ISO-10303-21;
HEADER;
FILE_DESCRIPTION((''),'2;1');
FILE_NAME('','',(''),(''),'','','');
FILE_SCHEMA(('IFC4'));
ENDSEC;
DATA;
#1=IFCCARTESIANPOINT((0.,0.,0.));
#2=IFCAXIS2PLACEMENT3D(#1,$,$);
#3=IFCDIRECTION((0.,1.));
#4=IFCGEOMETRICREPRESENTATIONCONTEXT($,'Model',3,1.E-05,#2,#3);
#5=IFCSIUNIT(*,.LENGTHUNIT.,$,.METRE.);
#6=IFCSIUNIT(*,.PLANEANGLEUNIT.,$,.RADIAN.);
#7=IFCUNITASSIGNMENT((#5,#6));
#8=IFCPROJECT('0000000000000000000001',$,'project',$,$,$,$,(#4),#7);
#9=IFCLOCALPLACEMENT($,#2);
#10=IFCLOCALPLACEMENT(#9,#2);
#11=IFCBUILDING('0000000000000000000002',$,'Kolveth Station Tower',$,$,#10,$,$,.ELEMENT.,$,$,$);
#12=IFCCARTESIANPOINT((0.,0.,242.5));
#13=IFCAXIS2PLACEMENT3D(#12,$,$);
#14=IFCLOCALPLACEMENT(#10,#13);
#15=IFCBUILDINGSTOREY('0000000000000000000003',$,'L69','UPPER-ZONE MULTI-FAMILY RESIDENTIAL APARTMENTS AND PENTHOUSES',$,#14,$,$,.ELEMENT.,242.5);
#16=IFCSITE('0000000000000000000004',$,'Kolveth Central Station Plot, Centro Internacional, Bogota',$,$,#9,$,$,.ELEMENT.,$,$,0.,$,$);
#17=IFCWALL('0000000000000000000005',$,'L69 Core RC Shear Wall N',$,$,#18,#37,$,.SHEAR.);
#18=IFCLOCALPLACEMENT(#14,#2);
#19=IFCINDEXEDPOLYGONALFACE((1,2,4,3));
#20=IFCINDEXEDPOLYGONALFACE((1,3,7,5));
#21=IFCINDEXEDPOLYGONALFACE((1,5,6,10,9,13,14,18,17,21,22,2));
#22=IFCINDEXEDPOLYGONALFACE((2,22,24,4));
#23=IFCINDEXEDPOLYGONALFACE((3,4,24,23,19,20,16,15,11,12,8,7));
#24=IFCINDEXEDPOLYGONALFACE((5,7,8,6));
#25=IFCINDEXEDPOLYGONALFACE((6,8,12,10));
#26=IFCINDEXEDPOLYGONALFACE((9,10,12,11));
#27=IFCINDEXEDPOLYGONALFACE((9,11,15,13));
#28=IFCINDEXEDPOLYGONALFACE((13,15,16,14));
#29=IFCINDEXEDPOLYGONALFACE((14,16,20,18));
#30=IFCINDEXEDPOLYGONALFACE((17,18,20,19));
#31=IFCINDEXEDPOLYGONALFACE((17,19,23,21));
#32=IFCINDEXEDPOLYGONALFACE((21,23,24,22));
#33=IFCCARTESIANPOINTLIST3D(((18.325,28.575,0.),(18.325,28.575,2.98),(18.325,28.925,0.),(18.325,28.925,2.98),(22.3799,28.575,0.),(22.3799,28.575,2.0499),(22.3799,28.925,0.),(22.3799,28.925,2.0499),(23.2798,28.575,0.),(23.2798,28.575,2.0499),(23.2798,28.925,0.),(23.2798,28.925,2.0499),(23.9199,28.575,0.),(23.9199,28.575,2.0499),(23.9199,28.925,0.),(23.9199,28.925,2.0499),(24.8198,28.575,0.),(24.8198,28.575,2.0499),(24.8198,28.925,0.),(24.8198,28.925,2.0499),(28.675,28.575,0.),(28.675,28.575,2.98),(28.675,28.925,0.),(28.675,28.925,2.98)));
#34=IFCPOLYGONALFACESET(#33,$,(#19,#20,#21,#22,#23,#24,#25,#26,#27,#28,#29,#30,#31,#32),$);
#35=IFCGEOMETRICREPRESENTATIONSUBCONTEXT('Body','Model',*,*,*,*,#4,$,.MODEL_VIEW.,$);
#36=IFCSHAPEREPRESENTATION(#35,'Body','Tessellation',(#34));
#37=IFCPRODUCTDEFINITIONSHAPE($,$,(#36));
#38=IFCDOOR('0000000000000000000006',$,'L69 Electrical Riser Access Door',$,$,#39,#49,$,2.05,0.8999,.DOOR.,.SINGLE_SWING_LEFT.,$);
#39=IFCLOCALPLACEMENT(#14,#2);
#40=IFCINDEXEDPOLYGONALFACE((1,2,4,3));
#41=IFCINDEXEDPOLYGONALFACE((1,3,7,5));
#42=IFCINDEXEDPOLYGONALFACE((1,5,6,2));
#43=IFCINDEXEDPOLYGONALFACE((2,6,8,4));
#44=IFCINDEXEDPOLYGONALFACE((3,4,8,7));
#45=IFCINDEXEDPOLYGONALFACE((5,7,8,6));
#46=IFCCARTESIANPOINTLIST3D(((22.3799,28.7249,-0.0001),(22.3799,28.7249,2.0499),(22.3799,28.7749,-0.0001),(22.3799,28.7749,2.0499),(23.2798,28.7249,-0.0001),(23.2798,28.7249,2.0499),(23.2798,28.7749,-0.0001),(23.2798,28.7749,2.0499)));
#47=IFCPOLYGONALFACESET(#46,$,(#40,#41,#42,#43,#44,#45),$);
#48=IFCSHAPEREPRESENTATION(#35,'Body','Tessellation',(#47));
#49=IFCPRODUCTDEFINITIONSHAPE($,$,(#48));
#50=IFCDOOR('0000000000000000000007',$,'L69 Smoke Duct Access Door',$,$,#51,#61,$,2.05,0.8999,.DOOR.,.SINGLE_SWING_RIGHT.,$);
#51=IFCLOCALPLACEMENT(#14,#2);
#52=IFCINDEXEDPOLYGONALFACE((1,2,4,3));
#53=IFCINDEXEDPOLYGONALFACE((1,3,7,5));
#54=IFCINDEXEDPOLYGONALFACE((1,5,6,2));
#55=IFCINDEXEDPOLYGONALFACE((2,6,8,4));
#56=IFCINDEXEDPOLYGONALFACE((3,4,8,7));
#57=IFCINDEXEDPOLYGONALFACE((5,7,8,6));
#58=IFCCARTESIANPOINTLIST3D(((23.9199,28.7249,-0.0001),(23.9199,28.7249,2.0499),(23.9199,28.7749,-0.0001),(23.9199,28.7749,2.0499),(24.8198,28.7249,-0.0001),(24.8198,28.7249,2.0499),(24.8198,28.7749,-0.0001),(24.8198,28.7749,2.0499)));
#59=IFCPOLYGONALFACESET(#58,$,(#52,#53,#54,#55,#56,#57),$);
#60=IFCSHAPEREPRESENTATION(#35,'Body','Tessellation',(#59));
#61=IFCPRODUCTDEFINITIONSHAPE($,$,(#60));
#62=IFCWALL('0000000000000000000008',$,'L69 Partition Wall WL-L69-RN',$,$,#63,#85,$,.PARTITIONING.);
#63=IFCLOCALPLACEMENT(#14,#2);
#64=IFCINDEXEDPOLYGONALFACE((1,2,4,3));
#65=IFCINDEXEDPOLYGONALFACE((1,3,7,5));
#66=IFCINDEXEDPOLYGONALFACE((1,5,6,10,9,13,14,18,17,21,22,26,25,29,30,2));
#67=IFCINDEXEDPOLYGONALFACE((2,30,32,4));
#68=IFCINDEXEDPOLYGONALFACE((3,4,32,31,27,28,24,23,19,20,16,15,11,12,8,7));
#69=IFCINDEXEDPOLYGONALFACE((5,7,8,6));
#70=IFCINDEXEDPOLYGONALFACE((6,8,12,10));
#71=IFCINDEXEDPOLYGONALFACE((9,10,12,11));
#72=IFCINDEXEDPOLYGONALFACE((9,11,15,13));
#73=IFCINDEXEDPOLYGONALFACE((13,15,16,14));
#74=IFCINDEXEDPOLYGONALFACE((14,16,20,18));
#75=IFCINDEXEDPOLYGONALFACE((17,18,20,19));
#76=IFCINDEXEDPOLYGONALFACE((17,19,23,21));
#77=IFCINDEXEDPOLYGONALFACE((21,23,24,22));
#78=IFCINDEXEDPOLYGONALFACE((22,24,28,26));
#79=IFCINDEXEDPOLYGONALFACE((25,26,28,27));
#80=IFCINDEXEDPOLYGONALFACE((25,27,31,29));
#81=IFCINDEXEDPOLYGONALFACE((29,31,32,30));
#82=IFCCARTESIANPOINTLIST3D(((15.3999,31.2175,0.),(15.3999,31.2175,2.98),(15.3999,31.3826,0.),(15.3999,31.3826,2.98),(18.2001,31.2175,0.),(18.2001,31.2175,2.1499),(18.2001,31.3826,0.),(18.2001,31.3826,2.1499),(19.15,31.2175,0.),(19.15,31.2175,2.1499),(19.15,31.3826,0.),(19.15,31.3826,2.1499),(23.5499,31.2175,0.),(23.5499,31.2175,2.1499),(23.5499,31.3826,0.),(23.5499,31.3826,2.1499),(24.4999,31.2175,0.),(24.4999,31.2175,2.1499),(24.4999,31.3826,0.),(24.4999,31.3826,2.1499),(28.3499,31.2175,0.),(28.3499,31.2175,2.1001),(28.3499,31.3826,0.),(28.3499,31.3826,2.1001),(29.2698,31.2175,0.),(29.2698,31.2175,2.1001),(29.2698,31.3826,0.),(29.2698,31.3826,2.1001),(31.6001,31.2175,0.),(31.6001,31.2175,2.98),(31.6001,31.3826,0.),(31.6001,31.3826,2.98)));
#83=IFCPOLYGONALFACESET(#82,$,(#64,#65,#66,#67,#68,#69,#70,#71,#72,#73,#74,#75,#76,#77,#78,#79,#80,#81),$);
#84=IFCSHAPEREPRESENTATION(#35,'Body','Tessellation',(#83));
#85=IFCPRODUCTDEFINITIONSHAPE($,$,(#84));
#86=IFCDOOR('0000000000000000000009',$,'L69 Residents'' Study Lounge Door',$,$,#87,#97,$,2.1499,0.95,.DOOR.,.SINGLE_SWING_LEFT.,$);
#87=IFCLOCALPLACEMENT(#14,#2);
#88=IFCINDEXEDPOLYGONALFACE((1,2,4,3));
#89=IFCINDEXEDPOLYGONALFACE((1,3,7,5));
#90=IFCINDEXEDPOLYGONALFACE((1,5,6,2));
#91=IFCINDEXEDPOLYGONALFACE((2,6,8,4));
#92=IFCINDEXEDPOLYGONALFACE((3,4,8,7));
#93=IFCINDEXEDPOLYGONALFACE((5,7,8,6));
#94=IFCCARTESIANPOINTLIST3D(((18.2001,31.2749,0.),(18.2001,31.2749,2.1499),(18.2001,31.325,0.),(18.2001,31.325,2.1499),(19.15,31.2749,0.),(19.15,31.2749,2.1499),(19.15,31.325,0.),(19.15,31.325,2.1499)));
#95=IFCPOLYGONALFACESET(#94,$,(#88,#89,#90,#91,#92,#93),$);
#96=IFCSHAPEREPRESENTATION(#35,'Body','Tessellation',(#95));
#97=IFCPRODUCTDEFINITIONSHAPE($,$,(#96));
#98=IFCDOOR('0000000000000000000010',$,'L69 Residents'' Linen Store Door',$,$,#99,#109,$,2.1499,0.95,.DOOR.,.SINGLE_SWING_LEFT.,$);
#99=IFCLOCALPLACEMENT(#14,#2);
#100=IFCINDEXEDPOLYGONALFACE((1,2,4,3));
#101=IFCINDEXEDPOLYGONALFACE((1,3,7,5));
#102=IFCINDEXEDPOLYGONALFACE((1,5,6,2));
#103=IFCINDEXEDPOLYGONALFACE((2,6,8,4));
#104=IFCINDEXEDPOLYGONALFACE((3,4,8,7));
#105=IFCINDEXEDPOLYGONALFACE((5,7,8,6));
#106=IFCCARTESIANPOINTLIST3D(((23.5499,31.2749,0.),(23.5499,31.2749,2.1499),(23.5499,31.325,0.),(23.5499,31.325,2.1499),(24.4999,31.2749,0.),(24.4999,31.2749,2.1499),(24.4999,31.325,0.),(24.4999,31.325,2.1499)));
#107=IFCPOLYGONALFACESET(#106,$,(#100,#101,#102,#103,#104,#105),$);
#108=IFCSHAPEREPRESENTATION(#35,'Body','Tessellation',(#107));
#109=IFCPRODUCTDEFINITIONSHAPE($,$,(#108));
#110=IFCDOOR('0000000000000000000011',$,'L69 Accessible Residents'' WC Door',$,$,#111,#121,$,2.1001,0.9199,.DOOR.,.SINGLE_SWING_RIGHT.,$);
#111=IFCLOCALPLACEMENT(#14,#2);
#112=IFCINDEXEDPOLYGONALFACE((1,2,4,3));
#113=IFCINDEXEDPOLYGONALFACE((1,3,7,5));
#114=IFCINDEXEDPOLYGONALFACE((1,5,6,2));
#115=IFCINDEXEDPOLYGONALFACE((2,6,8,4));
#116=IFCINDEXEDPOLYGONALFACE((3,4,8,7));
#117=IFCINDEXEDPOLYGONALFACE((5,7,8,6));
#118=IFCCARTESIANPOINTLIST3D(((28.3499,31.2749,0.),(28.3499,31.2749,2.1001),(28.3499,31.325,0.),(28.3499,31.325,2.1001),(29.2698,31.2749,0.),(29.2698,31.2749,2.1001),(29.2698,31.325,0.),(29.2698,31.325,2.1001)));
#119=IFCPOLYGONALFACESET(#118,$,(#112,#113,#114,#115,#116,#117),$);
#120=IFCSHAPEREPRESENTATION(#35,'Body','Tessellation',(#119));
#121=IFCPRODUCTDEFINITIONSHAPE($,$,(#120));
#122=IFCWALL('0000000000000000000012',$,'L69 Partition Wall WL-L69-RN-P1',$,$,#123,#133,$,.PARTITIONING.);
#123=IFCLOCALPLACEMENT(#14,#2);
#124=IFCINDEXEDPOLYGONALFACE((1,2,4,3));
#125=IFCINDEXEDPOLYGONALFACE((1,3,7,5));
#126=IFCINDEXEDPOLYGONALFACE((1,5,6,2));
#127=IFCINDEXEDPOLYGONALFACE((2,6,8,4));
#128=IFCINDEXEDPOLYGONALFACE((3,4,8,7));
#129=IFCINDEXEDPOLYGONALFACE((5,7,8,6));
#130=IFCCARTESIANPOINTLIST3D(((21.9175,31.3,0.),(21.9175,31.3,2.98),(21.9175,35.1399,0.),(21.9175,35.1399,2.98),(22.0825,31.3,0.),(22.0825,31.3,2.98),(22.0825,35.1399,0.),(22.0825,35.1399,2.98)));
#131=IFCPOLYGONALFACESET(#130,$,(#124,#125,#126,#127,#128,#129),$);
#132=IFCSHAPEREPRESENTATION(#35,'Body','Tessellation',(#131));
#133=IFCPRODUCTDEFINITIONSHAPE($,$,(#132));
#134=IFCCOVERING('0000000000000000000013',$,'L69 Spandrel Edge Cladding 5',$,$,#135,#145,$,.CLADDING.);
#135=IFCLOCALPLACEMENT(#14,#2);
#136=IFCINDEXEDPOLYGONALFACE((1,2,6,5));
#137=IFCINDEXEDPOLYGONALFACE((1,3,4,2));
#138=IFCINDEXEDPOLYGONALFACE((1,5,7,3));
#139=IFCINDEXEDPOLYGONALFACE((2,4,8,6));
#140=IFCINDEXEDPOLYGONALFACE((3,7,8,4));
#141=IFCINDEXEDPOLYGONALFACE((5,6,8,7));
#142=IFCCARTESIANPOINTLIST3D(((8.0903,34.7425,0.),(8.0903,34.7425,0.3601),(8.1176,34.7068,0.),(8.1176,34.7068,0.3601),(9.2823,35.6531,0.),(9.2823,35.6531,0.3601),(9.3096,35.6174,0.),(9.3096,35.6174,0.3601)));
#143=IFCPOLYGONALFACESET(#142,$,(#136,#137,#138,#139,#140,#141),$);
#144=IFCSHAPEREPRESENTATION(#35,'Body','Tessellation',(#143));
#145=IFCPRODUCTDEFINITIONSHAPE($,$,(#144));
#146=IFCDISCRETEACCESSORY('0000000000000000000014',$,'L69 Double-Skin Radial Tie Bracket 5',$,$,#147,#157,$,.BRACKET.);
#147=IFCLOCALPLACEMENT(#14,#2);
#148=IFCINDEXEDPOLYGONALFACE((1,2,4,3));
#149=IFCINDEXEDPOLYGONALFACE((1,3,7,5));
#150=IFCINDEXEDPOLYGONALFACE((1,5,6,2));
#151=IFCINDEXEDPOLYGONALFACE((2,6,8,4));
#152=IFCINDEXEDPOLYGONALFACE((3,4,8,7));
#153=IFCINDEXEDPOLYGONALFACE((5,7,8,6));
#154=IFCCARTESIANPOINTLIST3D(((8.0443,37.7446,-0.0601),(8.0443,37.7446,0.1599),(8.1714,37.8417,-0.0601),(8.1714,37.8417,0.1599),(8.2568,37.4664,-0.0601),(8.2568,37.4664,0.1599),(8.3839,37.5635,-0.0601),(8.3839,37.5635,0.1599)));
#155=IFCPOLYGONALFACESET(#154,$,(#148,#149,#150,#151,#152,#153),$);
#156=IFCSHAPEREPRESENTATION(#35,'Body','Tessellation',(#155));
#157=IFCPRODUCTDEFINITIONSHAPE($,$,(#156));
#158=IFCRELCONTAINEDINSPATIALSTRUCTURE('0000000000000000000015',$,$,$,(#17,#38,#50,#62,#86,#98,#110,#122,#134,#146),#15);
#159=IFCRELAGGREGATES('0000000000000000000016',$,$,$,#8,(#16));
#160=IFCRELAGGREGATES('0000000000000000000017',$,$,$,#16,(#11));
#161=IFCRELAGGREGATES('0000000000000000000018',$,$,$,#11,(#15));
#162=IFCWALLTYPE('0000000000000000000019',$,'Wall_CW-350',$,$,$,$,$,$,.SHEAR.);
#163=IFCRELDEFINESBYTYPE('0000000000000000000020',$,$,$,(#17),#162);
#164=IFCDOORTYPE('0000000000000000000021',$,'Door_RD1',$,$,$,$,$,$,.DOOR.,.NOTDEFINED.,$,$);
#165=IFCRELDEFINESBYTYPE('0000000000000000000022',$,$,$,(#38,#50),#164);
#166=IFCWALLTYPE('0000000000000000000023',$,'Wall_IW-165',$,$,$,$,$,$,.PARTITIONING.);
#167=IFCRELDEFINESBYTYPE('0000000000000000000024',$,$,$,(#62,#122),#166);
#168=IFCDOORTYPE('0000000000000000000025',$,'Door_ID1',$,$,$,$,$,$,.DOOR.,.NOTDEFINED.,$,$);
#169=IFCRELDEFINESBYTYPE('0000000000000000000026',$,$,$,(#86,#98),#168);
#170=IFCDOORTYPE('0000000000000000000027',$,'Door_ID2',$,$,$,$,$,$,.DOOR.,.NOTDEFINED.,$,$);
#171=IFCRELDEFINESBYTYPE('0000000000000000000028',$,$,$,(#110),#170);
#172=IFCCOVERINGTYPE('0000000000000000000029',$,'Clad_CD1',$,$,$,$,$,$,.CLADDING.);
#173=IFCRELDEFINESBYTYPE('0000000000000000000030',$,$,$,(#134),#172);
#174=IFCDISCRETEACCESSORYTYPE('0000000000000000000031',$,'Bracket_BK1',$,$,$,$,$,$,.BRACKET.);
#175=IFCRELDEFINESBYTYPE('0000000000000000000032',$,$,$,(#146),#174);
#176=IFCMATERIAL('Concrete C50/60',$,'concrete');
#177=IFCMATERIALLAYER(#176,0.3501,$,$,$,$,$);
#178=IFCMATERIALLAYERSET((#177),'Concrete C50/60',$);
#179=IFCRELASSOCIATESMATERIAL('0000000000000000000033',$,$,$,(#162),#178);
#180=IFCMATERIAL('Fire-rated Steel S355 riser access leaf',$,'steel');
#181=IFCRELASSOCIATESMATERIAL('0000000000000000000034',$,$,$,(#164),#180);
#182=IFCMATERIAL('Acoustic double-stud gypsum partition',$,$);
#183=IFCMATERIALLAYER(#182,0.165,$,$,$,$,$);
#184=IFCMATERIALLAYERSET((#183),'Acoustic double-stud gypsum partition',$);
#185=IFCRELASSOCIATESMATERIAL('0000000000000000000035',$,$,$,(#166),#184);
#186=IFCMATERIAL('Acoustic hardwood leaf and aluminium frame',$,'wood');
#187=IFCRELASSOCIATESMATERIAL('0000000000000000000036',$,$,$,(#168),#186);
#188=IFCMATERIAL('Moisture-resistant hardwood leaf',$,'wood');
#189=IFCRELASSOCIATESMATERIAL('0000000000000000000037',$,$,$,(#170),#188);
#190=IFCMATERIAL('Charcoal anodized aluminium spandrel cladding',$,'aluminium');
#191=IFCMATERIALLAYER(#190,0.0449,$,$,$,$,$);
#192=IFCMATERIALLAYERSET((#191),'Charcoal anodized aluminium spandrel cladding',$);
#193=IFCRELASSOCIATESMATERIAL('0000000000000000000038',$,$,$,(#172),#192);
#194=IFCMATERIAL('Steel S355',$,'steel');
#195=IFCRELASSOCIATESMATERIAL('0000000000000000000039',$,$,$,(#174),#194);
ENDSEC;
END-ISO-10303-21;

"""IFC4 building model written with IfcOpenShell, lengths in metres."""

from ifc_helpers import new_model, si_unit, direction, frame, frame_2d, origin, origin_2d, place, context, subcontext, project, spatial, rectangle, extrude, source, transform, mapped, material, layer, layer_set, type_object, element, fill, save


model = new_model("IFC4")

# Units and contexts
model_context = context("Model", 3, precision=1e-05, world=origin(), true_north=direction((0.0, 1.0)))
body_context = subcontext(model_context, "Body", "Model", "MODEL_VIEW")
ifc_project = project(units=[si_unit("LENGTHUNIT", "METRE"), si_unit("PLANEANGLEUNIT", "RADIAN")], contexts=[model_context])

# Site, building, storey
site_placement = place(None, origin())
site = spatial("IfcSite", under=ifc_project, at=site_placement, Name="Kolveth Central Station Plot, Centro Internacional, Bogota", CompositionType="ELEMENT", RefElevation=0.0)
building_placement = place(site_placement, origin())
building = spatial("IfcBuilding", under=site, at=building_placement, Name="Kolveth Station Tower", CompositionType="ELEMENT")
storey_placement = place(building_placement, frame((0.0, 0.0, 242.5)))
storey = spatial("IfcBuildingStorey", under=building, at=storey_placement, Name="L69", Description="UPPER-ZONE MULTI-FAMILY RESIDENTIAL APARTMENTS AND PENTHOUSES", CompositionType="ELEMENT", Elevation=242.5)

# Shared definitions
ifc_material_1 = material(Name="Steel S355", Category="steel")

# Walls, openings, doors
ifc_material_2 = material(Name="Concrete C50/60", Category="concrete")
ifc_layer_1 = layer(ifc_material_2, 0.3501)
ifc_layer_set_1 = layer_set([ifc_layer_1], Name="Concrete C50/60")
wall_type_1 = type_object("IfcWallType", Name="Wall_CW-350", PredefinedType="SHEAR", material=ifc_layer_set_1)
wall_1_placement = place(storey_placement, frame((18.325, 28.75, 0.0), z_axis=(0.0, 0.0, 1.0), x_axis=(1.0, 0.0, 0.0)))
wall_1 = element("IfcWall", 1, at=wall_1_placement, inside=storey, type_object=wall_type_1, Name="L69 Core RC Shear Wall N", PredefinedType="SHEAR", context=body_context, shape_type="SweptSolid", body=[
    extrude(rectangle(XDim=10.3501, YDim=0.3501, at=frame_2d((5.175, 0.0))), origin(), (0.0, 0.0, 1.0), 2.98),
])
opening_1_placement = place(wall_1_placement, frame((4.0549, 0.0, 0.0)))
opening_1 = element("IfcOpeningElement", 2, at=opening_1_placement, cuts=wall_1, PredefinedType="OPENING", context=body_context, shape_type="SweptSolid", body=[
    extrude(rectangle(XDim=0.8999, YDim=2.05, at=frame_2d((0.45, 1.0249))), frame((0.0, 0.1851, 0.0), z_axis=(0.0, -1.0, 0.0), x_axis=(1.0, 0.0, 0.0)), (0.0, 0.0, 1.0), 0.3701),
])
opening_2_placement = place(wall_1_placement, frame((5.595, 0.0, 0.0)))
opening_2 = element("IfcOpeningElement", 3, at=opening_2_placement, cuts=wall_1, PredefinedType="OPENING", context=body_context, shape_type="SweptSolid", body=[
    extrude(rectangle(XDim=0.8999, YDim=2.05, at=frame_2d((0.45, 1.0249))), frame((0.0, 0.1851, 0.0), z_axis=(0.0, -1.0, 0.0), x_axis=(1.0, 0.0, 0.0)), (0.0, 0.0, 1.0), 0.3701),
])
ifc_material_3 = material(Name="Fire-rated Steel S355 riser access leaf", Category="steel")
door_type_1 = type_object("IfcDoorType", Name="Door_RD1", OperationType="NOTDEFINED", PredefinedType="DOOR", material=ifc_material_3)
door_1_placement = place(opening_1_placement, origin())
door_1 = element("IfcDoor", 4, at=door_1_placement, inside=storey, type_object=door_type_1, Name="L69 Electrical Riser Access Door", OperationType="SINGLE_SWING_LEFT", OverallHeight=2.05, OverallWidth=0.8999, PredefinedType="DOOR", context=body_context, shape_type="SweptSolid", body=[
    extrude(rectangle(XDim=0.8999, YDim=2.05, at=frame_2d((0.45, 1.0249))), frame((0.0, 0.0249, 0.0), z_axis=(0.0, -1.0, 0.0), x_axis=(1.0, 0.0, 0.0)), (0.0, 0.0, 1.0), 0.05),
])
fill(opening_1, door_1)
door_2_placement = place(opening_2_placement, origin())
door_2 = element("IfcDoor", 5, at=door_2_placement, inside=storey, type_object=door_type_1, Name="L69 Smoke Duct Access Door", OperationType="SINGLE_SWING_RIGHT", OverallHeight=2.05, OverallWidth=0.8999, PredefinedType="DOOR", context=body_context, shape_type="SweptSolid", body=[
    extrude(rectangle(XDim=0.8999, YDim=2.05, at=frame_2d((0.45, 1.0249))), frame((0.0, 0.0249, 0.0), z_axis=(0.0, -1.0, 0.0), x_axis=(1.0, 0.0, 0.0)), (0.0, 0.0, 1.0), 0.05),
])
fill(opening_2, door_2)
ifc_material_4 = material(Name="Acoustic double-stud gypsum partition")
ifc_layer_2 = layer(ifc_material_4, 0.165)
ifc_layer_set_2 = layer_set([ifc_layer_2], Name="Acoustic double-stud gypsum partition")
wall_type_2 = type_object("IfcWallType", Name="Wall_IW-165", PredefinedType="PARTITIONING", material=ifc_layer_set_2)
wall_2_placement = place(storey_placement, frame((15.3999, 31.3, 0.0), z_axis=(0.0, 0.0, 1.0), x_axis=(1.0, 0.0, 0.0)))
wall_2 = element("IfcWall", 6, at=wall_2_placement, inside=storey, type_object=wall_type_2, Name="L69 Partition Wall WL-L69-RN", PredefinedType="PARTITIONING", context=body_context, shape_type="SweptSolid", body=[
    extrude(rectangle(XDim=16.2002, YDim=0.165, at=frame_2d((8.1001, 0.0))), origin(), (0.0, 0.0, 1.0), 2.98),
])
opening_3_placement = place(wall_2_placement, frame((2.8, 0.0, 0.0)))
opening_3 = element("IfcOpeningElement", 7, at=opening_3_placement, cuts=wall_2, PredefinedType="OPENING", context=body_context, shape_type="SweptSolid", body=[
    extrude(rectangle(XDim=0.95, YDim=2.1499, at=frame_2d((0.4751, 1.075))), frame((0.0, 0.0925, 0.0), z_axis=(0.0, -1.0, 0.0), x_axis=(1.0, 0.0, 0.0)), (0.0, 0.0, 1.0), 0.1851),
])
opening_4_placement = place(wall_2_placement, frame((8.1499, 0.0, 0.0)))
opening_4 = element("IfcOpeningElement", 8, at=opening_4_placement, cuts=wall_2, PredefinedType="OPENING", context=body_context, shape_type="SweptSolid", body=[
    extrude(rectangle(XDim=0.95, YDim=2.1499, at=frame_2d((0.4751, 1.075))), frame((0.0, 0.0925, 0.0), z_axis=(0.0, -1.0, 0.0), x_axis=(1.0, 0.0, 0.0)), (0.0, 0.0, 1.0), 0.1851),
])
opening_5_placement = place(wall_2_placement, frame((12.95, 0.0, 0.0)))
opening_5 = element("IfcOpeningElement", 9, at=opening_5_placement, cuts=wall_2, PredefinedType="OPENING", context=body_context, shape_type="SweptSolid", body=[
    extrude(rectangle(XDim=0.9199, YDim=2.1001, at=frame_2d((0.46, 1.05))), frame((0.0, 0.0925, 0.0), z_axis=(0.0, -1.0, 0.0), x_axis=(1.0, 0.0, 0.0)), (0.0, 0.0, 1.0), 0.1851),
])
ifc_material_5 = material(Name="Acoustic hardwood leaf and aluminium frame", Category="wood")
door_type_2 = type_object("IfcDoorType", Name="Door_ID1", OperationType="NOTDEFINED", PredefinedType="DOOR", material=ifc_material_5)
door_3_placement = place(opening_3_placement, origin())
door_3 = element("IfcDoor", 10, at=door_3_placement, inside=storey, type_object=door_type_2, Name="L69 Residents' Study Lounge Door", OperationType="SINGLE_SWING_LEFT", OverallHeight=2.1499, OverallWidth=0.95, PredefinedType="DOOR", context=body_context, shape_type="SweptSolid", body=[
    extrude(rectangle(XDim=0.95, YDim=2.1499, at=frame_2d((0.4751, 1.075))), frame((0.0, 0.0249, 0.0), z_axis=(0.0, -1.0, 0.0), x_axis=(1.0, 0.0, 0.0)), (0.0, 0.0, 1.0), 0.05),
])
fill(opening_3, door_3)
door_4_placement = place(opening_4_placement, origin())
door_4 = element("IfcDoor", 11, at=door_4_placement, inside=storey, type_object=door_type_2, Name="L69 Residents' Linen Store Door", OperationType="SINGLE_SWING_LEFT", OverallHeight=2.1499, OverallWidth=0.95, PredefinedType="DOOR", context=body_context, shape_type="SweptSolid", body=[
    extrude(rectangle(XDim=0.95, YDim=2.1499, at=frame_2d((0.4751, 1.075))), frame((0.0, 0.0249, 0.0), z_axis=(0.0, -1.0, 0.0), x_axis=(1.0, 0.0, 0.0)), (0.0, 0.0, 1.0), 0.05),
])
fill(opening_4, door_4)
ifc_material_6 = material(Name="Moisture-resistant hardwood leaf", Category="wood")
door_type_3 = type_object("IfcDoorType", Name="Door_ID2", OperationType="NOTDEFINED", PredefinedType="DOOR", material=ifc_material_6)
door_5_placement = place(opening_5_placement, origin())
door_5 = element("IfcDoor", 12, at=door_5_placement, inside=storey, type_object=door_type_3, Name="L69 Accessible Residents' WC Door", OperationType="SINGLE_SWING_RIGHT", OverallHeight=2.1001, OverallWidth=0.9199, PredefinedType="DOOR", context=body_context, shape_type="SweptSolid", body=[
    extrude(rectangle(XDim=0.9199, YDim=2.1001, at=frame_2d((0.46, 1.05))), frame((0.0, 0.0249, 0.0), z_axis=(0.0, -1.0, 0.0), x_axis=(1.0, 0.0, 0.0)), (0.0, 0.0, 1.0), 0.05),
])
fill(opening_5, door_5)

# Wall
wall_3_placement = place(storey_placement, frame((22.0, 31.3, 0.0), z_axis=(0.0, 0.0, 1.0), x_axis=(0.0, 1.0, 0.0)))
element("IfcWall", 13, at=wall_3_placement, inside=storey, type_object=wall_type_2, Name="L69 Partition Wall WL-L69-RN-P1", PredefinedType="PARTITIONING", context=body_context, shape_type="SweptSolid", body=[
    extrude(rectangle(XDim=3.8398, YDim=0.165, at=frame_2d((1.9199, 0.0))), origin(), (0.0, 0.0, 1.0), 2.98),
])

# Covering
ifc_material_7 = material(Name="Charcoal anodized aluminium spandrel cladding", Category="aluminium")
ifc_layer_3 = layer(ifc_material_7, 0.0449)
ifc_layer_set_3 = layer_set([ifc_layer_3], Name="Charcoal anodized aluminium spandrel cladding")
covering_type = type_object("IfcCoveringType", Name="Clad_CD1", PredefinedType="CLADDING", material=ifc_layer_set_3)
shared_shape_1 = source(origin(), body_context, "Body", "SweptSolid", [
    extrude(rectangle(XDim=1.5, YDim=0.0449, at=origin_2d()), origin(), (0.0, 0.0, 1.0), 0.3601),
])
covering_placement = place(storey_placement, frame((8.7, 35.1799, 0.0), z_axis=(0.0, 0.0, 1.0), x_axis=(-0.794627, -0.607098, 0.0)))
element("IfcCovering", 14, at=covering_placement, inside=storey, type_object=covering_type, Name="L69 Spandrel Edge Cladding 5", PredefinedType="CLADDING", context=body_context, shape_type="MappedRepresentation", body=[
    mapped(shared_shape_1, transform((0.0, 0.0, 0.0), x_axis=(1.0, 0.0, 0.0), y_axis=(0.0, 1.0, 0.0), z_axis=(0.0, 0.0, 1.0), scale=1.0)),
])

# Discrete accessory
discrete_accessory_type = type_object("IfcDiscreteAccessoryType", Name="Bracket_BK1", PredefinedType="BRACKET", material=ifc_material_1)
shared_shape_2 = source(origin(), body_context, "Body", "SweptSolid", [
    extrude(rectangle(XDim=0.3501, YDim=0.1599, at=origin_2d()), origin(), (0.0, 0.0, 1.0), 0.22),
])
discrete_accessory_placement = place(storey_placement, frame((8.2141, 37.6541, -0.0601), z_axis=(0.0, 0.0, 1.0), x_axis=(-0.607098, 0.794627, 0.0)))
element("IfcDiscreteAccessory", 15, at=discrete_accessory_placement, inside=storey, type_object=discrete_accessory_type, Name="L69 Double-Skin Radial Tie Bracket 5", PredefinedType="BRACKET", context=body_context, shape_type="MappedRepresentation", body=[
    mapped(shared_shape_2, transform((0.0, 0.0, 0.0), x_axis=(1.0, 0.0, 0.0), y_axis=(0.0, 1.0, 0.0), z_axis=(0.0, 0.0, 1.0), scale=1.0)),
])

save(model, "model.ifc")
